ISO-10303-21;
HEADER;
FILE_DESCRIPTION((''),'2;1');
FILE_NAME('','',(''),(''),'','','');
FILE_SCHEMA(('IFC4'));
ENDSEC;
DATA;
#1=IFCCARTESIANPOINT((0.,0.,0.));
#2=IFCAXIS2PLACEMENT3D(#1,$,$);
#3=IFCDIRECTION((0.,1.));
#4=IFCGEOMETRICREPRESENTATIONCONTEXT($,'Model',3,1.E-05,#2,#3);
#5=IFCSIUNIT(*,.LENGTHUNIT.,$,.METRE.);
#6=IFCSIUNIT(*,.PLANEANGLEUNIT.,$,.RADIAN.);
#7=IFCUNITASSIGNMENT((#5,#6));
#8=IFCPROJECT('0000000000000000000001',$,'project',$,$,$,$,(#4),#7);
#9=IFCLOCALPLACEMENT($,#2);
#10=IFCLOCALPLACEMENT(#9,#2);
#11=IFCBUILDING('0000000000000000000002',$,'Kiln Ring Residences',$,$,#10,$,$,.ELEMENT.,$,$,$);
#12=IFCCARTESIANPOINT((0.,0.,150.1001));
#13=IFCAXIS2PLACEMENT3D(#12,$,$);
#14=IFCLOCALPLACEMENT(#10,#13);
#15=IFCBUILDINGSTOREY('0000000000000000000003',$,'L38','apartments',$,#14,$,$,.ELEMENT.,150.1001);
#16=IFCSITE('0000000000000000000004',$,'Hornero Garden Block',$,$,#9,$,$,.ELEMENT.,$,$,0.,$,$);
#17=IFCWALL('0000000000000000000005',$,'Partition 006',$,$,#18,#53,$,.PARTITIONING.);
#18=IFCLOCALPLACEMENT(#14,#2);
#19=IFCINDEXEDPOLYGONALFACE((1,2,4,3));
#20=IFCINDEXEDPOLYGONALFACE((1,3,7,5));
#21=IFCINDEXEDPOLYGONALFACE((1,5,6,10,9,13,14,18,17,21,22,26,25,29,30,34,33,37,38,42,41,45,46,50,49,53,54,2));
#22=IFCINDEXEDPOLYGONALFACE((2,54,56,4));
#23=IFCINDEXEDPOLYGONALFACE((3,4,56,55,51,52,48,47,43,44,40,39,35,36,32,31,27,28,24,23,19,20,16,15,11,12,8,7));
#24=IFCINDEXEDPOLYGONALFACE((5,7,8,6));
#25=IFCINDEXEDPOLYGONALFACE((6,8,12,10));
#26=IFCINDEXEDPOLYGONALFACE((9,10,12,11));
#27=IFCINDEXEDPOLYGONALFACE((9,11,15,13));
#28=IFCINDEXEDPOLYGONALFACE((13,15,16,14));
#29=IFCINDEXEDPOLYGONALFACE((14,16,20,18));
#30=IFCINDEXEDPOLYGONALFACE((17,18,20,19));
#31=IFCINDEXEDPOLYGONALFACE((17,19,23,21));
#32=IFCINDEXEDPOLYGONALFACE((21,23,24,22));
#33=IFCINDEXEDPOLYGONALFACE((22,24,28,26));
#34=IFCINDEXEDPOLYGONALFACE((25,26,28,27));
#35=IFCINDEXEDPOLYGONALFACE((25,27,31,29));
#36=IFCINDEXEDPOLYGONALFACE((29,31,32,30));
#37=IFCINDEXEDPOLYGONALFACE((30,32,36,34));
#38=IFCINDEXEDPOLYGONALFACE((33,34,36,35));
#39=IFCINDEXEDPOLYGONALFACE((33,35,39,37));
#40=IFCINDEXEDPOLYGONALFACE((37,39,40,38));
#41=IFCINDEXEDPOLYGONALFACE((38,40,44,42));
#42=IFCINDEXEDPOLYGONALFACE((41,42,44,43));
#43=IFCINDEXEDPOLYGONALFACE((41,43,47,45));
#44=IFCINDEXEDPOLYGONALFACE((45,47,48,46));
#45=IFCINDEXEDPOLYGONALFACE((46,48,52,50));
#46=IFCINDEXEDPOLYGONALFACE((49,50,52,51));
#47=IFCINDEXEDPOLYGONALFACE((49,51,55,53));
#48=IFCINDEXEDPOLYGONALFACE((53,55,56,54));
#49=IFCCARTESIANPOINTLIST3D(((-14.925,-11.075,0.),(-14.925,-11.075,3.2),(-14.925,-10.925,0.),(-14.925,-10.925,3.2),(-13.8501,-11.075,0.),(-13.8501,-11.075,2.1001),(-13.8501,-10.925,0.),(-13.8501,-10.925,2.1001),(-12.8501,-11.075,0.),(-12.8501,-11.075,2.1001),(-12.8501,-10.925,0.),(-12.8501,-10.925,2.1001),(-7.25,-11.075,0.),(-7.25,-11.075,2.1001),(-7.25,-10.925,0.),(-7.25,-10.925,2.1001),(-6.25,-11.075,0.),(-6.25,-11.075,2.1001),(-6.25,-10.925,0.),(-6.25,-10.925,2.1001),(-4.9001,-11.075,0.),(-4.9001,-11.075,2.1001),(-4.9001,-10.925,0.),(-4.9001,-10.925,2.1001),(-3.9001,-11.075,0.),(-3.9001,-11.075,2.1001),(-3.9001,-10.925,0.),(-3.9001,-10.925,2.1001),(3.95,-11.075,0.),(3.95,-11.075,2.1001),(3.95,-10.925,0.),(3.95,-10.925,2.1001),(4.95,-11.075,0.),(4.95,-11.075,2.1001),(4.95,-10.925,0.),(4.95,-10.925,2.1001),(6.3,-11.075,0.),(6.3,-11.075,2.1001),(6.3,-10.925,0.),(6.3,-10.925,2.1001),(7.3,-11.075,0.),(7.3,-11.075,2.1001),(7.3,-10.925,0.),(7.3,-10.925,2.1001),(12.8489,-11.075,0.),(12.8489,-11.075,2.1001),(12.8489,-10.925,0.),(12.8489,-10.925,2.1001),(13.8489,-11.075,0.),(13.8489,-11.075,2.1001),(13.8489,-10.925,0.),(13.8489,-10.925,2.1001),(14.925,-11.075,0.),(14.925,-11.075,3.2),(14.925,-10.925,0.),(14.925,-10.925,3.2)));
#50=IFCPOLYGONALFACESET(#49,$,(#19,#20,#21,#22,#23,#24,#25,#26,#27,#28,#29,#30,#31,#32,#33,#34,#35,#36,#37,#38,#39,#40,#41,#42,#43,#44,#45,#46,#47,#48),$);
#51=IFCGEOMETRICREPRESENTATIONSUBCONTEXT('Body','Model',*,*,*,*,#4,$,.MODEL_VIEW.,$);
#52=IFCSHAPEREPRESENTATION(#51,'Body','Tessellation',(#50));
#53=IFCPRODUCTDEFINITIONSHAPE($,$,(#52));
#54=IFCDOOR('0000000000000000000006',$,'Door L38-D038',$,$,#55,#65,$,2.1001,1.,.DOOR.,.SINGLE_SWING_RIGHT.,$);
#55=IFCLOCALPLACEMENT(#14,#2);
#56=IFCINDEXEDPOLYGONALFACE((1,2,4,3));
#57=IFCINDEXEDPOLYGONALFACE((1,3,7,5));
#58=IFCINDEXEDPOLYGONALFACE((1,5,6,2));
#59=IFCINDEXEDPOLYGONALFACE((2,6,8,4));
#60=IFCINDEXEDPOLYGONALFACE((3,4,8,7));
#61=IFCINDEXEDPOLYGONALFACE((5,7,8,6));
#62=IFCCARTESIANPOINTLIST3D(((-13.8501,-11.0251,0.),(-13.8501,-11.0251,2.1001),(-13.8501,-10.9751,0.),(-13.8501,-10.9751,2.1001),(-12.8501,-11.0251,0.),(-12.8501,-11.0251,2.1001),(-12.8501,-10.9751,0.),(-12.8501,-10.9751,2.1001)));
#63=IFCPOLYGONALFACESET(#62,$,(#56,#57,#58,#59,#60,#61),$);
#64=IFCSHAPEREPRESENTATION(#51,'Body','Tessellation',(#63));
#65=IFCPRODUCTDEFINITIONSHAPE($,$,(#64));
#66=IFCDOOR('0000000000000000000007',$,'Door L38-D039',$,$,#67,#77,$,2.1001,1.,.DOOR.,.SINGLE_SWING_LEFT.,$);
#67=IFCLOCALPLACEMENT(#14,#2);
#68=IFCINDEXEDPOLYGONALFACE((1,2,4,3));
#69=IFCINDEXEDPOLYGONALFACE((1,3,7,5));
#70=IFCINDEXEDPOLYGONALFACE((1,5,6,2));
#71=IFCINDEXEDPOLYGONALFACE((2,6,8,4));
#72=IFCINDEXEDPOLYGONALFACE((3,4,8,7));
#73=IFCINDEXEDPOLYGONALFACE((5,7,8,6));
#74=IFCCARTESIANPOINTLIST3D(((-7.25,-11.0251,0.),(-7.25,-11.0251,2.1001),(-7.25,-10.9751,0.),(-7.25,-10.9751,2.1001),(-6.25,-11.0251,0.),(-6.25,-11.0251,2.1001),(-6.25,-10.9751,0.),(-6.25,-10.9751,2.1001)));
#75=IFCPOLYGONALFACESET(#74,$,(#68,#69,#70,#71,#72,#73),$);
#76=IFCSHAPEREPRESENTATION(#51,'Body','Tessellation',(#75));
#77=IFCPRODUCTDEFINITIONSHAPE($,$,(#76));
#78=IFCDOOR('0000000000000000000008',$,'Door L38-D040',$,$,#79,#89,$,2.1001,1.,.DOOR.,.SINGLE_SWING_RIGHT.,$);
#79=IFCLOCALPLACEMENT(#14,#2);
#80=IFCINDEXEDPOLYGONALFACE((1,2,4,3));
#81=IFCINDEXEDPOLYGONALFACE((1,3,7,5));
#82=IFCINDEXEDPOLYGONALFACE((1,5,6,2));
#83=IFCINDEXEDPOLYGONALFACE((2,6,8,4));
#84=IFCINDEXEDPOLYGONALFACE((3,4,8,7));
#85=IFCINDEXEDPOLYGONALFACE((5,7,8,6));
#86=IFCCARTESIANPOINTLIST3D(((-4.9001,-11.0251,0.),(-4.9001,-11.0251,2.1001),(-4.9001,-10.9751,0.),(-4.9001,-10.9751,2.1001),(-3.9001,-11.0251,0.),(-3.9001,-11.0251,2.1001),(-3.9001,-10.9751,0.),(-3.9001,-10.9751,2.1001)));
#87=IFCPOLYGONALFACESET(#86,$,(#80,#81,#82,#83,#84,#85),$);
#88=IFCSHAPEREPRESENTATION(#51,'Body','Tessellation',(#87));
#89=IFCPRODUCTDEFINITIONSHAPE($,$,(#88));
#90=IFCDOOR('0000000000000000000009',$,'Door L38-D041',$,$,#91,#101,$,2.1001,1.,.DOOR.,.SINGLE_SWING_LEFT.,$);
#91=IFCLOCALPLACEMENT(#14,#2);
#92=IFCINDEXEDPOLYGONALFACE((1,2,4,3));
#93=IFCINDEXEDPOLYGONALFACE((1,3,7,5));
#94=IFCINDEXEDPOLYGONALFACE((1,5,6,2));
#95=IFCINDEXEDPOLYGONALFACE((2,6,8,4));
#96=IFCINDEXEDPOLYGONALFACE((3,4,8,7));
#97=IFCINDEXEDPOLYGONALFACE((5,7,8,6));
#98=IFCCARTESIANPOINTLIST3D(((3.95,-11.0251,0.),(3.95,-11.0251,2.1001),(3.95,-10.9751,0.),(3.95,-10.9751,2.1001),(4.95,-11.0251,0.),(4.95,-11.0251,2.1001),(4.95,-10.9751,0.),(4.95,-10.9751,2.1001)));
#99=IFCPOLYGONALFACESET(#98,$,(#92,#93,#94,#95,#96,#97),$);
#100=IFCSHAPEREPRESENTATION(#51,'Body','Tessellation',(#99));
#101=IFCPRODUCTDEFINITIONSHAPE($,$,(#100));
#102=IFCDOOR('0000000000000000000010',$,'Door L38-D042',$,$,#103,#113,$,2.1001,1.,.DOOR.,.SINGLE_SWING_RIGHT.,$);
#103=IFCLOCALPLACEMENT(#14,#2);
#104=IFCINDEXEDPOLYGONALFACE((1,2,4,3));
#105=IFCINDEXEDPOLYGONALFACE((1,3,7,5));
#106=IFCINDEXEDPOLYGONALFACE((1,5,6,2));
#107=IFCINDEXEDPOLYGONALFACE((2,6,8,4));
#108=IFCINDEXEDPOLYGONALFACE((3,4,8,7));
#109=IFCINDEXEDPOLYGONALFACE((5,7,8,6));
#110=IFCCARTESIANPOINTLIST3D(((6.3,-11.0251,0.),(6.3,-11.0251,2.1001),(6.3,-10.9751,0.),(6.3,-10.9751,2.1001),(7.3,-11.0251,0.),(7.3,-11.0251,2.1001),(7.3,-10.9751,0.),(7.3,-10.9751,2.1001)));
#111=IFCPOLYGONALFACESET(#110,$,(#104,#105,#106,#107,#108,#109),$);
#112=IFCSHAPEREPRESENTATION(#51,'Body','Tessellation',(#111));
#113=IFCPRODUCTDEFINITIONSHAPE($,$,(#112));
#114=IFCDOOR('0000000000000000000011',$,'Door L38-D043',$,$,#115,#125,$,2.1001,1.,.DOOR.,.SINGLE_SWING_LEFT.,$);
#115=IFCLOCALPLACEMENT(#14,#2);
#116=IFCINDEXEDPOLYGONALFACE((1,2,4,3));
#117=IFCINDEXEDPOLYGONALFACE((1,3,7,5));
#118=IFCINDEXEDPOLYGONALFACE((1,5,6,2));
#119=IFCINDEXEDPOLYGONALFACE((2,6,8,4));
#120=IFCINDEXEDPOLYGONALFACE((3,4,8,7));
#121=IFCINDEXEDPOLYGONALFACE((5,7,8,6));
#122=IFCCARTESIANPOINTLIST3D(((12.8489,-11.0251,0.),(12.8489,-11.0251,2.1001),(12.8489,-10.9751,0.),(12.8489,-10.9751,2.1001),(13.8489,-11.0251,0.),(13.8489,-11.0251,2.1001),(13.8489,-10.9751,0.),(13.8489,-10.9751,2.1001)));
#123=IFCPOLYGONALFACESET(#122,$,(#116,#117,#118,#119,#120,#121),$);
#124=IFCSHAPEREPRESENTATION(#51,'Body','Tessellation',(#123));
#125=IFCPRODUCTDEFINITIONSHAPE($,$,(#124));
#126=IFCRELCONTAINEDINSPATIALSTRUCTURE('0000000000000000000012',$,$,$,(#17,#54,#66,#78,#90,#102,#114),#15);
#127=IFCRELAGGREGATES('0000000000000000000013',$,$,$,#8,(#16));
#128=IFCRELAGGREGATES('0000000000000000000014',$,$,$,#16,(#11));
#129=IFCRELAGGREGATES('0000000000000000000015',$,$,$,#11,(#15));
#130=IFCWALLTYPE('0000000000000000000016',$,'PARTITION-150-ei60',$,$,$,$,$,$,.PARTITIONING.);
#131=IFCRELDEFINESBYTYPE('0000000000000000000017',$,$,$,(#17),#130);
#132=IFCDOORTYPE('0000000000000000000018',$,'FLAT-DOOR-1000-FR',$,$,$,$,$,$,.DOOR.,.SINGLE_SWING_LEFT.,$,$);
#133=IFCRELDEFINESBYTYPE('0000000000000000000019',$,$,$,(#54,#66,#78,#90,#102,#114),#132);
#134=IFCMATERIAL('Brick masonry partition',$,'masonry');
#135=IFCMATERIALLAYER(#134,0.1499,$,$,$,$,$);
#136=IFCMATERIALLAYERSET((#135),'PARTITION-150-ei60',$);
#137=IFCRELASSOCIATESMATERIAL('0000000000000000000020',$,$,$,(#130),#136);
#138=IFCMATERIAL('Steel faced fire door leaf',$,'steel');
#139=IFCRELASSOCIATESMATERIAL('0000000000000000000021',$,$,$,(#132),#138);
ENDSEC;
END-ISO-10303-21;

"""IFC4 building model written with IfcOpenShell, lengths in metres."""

from ifc_helpers import new_model, si_unit, direction, frame, frame_2d, origin, place, context, subcontext, project, spatial, rectangle, extrude, material, layer, layer_set, type_object, element, fill, save


model = new_model("IFC4")

# Units and contexts
model_context = context("Model", 3, precision=1e-05, world=origin(), true_north=direction((0.0, 1.0)))
body_context = subcontext(model_context, "Body", "Model", "MODEL_VIEW")
ifc_project = project(units=[si_unit("LENGTHUNIT", "METRE"), si_unit("PLANEANGLEUNIT", "RADIAN")], contexts=[model_context])

# Site, building, storey
site_placement = place(None, origin())
site = spatial("IfcSite", under=ifc_project, at=site_placement, Name="Hornero Garden Block", CompositionType="ELEMENT", RefElevation=0.0)
building_placement = place(site_placement, origin())
building = spatial("IfcBuilding", under=site, at=building_placement, Name="Kiln Ring Residences", CompositionType="ELEMENT")
storey_placement = place(building_placement, frame((0.0, 0.0, 150.1001)))
storey = spatial("IfcBuildingStorey", under=building, at=storey_placement, Name="L38", Description="apartments", CompositionType="ELEMENT", Elevation=150.1001)

# Wall, openings, doors
ifc_material_1 = material(Name="Brick masonry partition", Category="masonry")
ifc_layer_1 = layer(ifc_material_1, 0.1499)
ifc_layer_set_1 = layer_set([ifc_layer_1], Name="PARTITION-150-ei60")
wall_type_1 = type_object("IfcWallType", Name="PARTITION-150-ei60", PredefinedType="PARTITIONING", material=ifc_layer_set_1)
wall_placement = place(storey_placement, frame((-14.925, -11.0, 0.0), z_axis=(0.0, 0.0, 1.0), x_axis=(1.0, 0.0, 0.0)))
wall = element("IfcWall", 1, at=wall_placement, inside=storey, type_object=wall_type_1, Name="Partition 006", PredefinedType="PARTITIONING", context=body_context, shape_type="SweptSolid", body=[
    extrude(rectangle(XDim=29.8501, YDim=0.1499, at=frame_2d((14.925, 0.0))), origin(), (0.0, 0.0, 1.0), 3.2),
])
opening_1_placement = place(wall_placement, frame((1.075, 0.0, 0.0)))
opening_1 = element("IfcOpeningElement", 2, at=opening_1_placement, cuts=wall, PredefinedType="OPENING", context=body_context, shape_type="SweptSolid", body=[
    extrude(rectangle(XDim=1.0, YDim=2.1001, at=frame_2d((0.5, 1.05))), frame((0.0, 0.085, 0.0), z_axis=(0.0, -1.0, 0.0), x_axis=(1.0, 0.0, 0.0)), (0.0, 0.0, 1.0), 0.1699),
])
opening_2_placement = place(wall_placement, frame((7.675, 0.0, 0.0)))
opening_2 = element("IfcOpeningElement", 3, at=opening_2_placement, cuts=wall, PredefinedType="OPENING", context=body_context, shape_type="SweptSolid", body=[
    extrude(rectangle(XDim=1.0, YDim=2.1001, at=frame_2d((0.5, 1.05))), frame((0.0, 0.085, 0.0), z_axis=(0.0, -1.0, 0.0), x_axis=(1.0, 0.0, 0.0)), (0.0, 0.0, 1.0), 0.1699),
])
opening_3_placement = place(wall_placement, frame((10.0249, 0.0, 0.0)))
opening_3 = element("IfcOpeningElement", 4, at=opening_3_placement, cuts=wall, PredefinedType="OPENING", context=body_context, shape_type="SweptSolid", body=[
    extrude(rectangle(XDim=1.0, YDim=2.1001, at=frame_2d((0.5, 1.05))), frame((0.0, 0.085, 0.0), z_axis=(0.0, -1.0, 0.0), x_axis=(1.0, 0.0, 0.0)), (0.0, 0.0, 1.0), 0.1699),
])
opening_4_placement = place(wall_placement, frame((18.875, 0.0, 0.0)))
opening_4 = element("IfcOpeningElement", 5, at=opening_4_placement, cuts=wall, PredefinedType="OPENING", context=body_context, shape_type="SweptSolid", body=[
    extrude(rectangle(XDim=1.0, YDim=2.1001, at=frame_2d((0.5, 1.05))), frame((0.0, 0.085, 0.0), z_axis=(0.0, -1.0, 0.0), x_axis=(1.0, 0.0, 0.0)), (0.0, 0.0, 1.0), 0.1699),
])
opening_5_placement = place(wall_placement, frame((21.2251, 0.0, 0.0)))
opening_5 = element("IfcOpeningElement", 6, at=opening_5_placement, cuts=wall, PredefinedType="OPENING", context=body_context, shape_type="SweptSolid", body=[
    extrude(rectangle(XDim=1.0, YDim=2.1001, at=frame_2d((0.5, 1.05))), frame((0.0, 0.085, 0.0), z_axis=(0.0, -1.0, 0.0), x_axis=(1.0, 0.0, 0.0)), (0.0, 0.0, 1.0), 0.1699),
])
opening_6_placement = place(wall_placement, frame((27.7739, 0.0, 0.0)))
opening_6 = element("IfcOpeningElement", 7, at=opening_6_placement, cuts=wall, PredefinedType="OPENING", context=body_context, shape_type="SweptSolid", body=[
    extrude(rectangle(XDim=1.0, YDim=2.1001, at=frame_2d((0.5, 1.05))), frame((0.0, 0.085, 0.0), z_axis=(0.0, -1.0, 0.0), x_axis=(1.0, 0.0, 0.0)), (0.0, 0.0, 1.0), 0.1699),
])
ifc_material_2 = material(Name="Steel faced fire door leaf", Category="steel")
door_type = type_object("IfcDoorType", Name="FLAT-DOOR-1000-FR", OperationType="SINGLE_SWING_LEFT", PredefinedType="DOOR", material=ifc_material_2)
door_1_placement = place(opening_1_placement, origin())
door_1 = element("IfcDoor", 8, at=door_1_placement, inside=storey, type_object=door_type, Name="Door L38-D038", OperationType="SINGLE_SWING_RIGHT", OverallHeight=2.1001, OverallWidth=1.0, PredefinedType="DOOR", context=body_context, shape_type="SweptSolid", body=[
    extrude(rectangle(XDim=1.0, YDim=2.1001, at=frame_2d((0.5, 1.05))), frame((0.0, 0.0249, 0.0), z_axis=(0.0, -1.0, 0.0), x_axis=(1.0, 0.0, 0.0)), (0.0, 0.0, 1.0), 0.05),
])
fill(opening_1, door_1)
door_2_placement = place(opening_2_placement, origin())
door_2 = element("IfcDoor", 9, at=door_2_placement, inside=storey, type_object=door_type, Name="Door L38-D039", OperationType="SINGLE_SWING_LEFT", OverallHeight=2.1001, OverallWidth=1.0, PredefinedType="DOOR", context=body_context, shape_type="SweptSolid", body=[
    extrude(rectangle(XDim=1.0, YDim=2.1001, at=frame_2d((0.5, 1.05))), frame((0.0, 0.0249, 0.0), z_axis=(0.0, -1.0, 0.0), x_axis=(1.0, 0.0, 0.0)), (0.0, 0.0, 1.0), 0.05),
])
fill(opening_2, door_2)
door_3_placement = place(opening_3_placement, origin())
door_3 = element("IfcDoor", 10, at=door_3_placement, inside=storey, type_object=door_type, Name="Door L38-D040", OperationType="SINGLE_SWING_RIGHT", OverallHeight=2.1001, OverallWidth=1.0, PredefinedType="DOOR", context=body_context, shape_type="SweptSolid", body=[
    extrude(rectangle(XDim=1.0, YDim=2.1001, at=frame_2d((0.5, 1.05))), frame((0.0, 0.0249, 0.0), z_axis=(0.0, -1.0, 0.0), x_axis=(1.0, 0.0, 0.0)), (0.0, 0.0, 1.0), 0.05),
])
fill(opening_3, door_3)
door_4_placement = place(opening_4_placement, origin())
door_4 = element("IfcDoor", 11, at=door_4_placement, inside=storey, type_object=door_type, Name="Door L38-D041", OperationType="SINGLE_SWING_LEFT", OverallHeight=2.1001, OverallWidth=1.0, PredefinedType="DOOR", context=body_context, shape_type="SweptSolid", body=[
    extrude(rectangle(XDim=1.0, YDim=2.1001, at=frame_2d((0.5, 1.05))), frame((0.0, 0.0249, 0.0), z_axis=(0.0, -1.0, 0.0), x_axis=(1.0, 0.0, 0.0)), (0.0, 0.0, 1.0), 0.05),
])
fill(opening_4, door_4)
door_5_placement = place(opening_5_placement, origin())
door_5 = element("IfcDoor", 12, at=door_5_placement, inside=storey, type_object=door_type, Name="Door L38-D042", OperationType="SINGLE_SWING_RIGHT", OverallHeight=2.1001, OverallWidth=1.0, PredefinedType="DOOR", context=body_context, shape_type="SweptSolid", body=[
    extrude(rectangle(XDim=1.0, YDim=2.1001, at=frame_2d((0.5, 1.05))), frame((0.0, 0.0249, 0.0), z_axis=(0.0, -1.0, 0.0), x_axis=(1.0, 0.0, 0.0)), (0.0, 0.0, 1.0), 0.05),
])
fill(opening_5, door_5)
door_6_placement = place(opening_6_placement, origin())
door_6 = element("IfcDoor", 13, at=door_6_placement, inside=storey, type_object=door_type, Name="Door L38-D043", OperationType="SINGLE_SWING_LEFT", OverallHeight=2.1001, OverallWidth=1.0, PredefinedType="DOOR", context=body_context, shape_type="SweptSolid", body=[
    extrude(rectangle(XDim=1.0, YDim=2.1001, at=frame_2d((0.5, 1.05))), frame((0.0, 0.0249, 0.0), z_axis=(0.0, -1.0, 0.0), x_axis=(1.0, 0.0, 0.0)), (0.0, 0.0, 1.0), 0.05),
])
fill(opening_6, door_6)

save(model, "model.ifc")
